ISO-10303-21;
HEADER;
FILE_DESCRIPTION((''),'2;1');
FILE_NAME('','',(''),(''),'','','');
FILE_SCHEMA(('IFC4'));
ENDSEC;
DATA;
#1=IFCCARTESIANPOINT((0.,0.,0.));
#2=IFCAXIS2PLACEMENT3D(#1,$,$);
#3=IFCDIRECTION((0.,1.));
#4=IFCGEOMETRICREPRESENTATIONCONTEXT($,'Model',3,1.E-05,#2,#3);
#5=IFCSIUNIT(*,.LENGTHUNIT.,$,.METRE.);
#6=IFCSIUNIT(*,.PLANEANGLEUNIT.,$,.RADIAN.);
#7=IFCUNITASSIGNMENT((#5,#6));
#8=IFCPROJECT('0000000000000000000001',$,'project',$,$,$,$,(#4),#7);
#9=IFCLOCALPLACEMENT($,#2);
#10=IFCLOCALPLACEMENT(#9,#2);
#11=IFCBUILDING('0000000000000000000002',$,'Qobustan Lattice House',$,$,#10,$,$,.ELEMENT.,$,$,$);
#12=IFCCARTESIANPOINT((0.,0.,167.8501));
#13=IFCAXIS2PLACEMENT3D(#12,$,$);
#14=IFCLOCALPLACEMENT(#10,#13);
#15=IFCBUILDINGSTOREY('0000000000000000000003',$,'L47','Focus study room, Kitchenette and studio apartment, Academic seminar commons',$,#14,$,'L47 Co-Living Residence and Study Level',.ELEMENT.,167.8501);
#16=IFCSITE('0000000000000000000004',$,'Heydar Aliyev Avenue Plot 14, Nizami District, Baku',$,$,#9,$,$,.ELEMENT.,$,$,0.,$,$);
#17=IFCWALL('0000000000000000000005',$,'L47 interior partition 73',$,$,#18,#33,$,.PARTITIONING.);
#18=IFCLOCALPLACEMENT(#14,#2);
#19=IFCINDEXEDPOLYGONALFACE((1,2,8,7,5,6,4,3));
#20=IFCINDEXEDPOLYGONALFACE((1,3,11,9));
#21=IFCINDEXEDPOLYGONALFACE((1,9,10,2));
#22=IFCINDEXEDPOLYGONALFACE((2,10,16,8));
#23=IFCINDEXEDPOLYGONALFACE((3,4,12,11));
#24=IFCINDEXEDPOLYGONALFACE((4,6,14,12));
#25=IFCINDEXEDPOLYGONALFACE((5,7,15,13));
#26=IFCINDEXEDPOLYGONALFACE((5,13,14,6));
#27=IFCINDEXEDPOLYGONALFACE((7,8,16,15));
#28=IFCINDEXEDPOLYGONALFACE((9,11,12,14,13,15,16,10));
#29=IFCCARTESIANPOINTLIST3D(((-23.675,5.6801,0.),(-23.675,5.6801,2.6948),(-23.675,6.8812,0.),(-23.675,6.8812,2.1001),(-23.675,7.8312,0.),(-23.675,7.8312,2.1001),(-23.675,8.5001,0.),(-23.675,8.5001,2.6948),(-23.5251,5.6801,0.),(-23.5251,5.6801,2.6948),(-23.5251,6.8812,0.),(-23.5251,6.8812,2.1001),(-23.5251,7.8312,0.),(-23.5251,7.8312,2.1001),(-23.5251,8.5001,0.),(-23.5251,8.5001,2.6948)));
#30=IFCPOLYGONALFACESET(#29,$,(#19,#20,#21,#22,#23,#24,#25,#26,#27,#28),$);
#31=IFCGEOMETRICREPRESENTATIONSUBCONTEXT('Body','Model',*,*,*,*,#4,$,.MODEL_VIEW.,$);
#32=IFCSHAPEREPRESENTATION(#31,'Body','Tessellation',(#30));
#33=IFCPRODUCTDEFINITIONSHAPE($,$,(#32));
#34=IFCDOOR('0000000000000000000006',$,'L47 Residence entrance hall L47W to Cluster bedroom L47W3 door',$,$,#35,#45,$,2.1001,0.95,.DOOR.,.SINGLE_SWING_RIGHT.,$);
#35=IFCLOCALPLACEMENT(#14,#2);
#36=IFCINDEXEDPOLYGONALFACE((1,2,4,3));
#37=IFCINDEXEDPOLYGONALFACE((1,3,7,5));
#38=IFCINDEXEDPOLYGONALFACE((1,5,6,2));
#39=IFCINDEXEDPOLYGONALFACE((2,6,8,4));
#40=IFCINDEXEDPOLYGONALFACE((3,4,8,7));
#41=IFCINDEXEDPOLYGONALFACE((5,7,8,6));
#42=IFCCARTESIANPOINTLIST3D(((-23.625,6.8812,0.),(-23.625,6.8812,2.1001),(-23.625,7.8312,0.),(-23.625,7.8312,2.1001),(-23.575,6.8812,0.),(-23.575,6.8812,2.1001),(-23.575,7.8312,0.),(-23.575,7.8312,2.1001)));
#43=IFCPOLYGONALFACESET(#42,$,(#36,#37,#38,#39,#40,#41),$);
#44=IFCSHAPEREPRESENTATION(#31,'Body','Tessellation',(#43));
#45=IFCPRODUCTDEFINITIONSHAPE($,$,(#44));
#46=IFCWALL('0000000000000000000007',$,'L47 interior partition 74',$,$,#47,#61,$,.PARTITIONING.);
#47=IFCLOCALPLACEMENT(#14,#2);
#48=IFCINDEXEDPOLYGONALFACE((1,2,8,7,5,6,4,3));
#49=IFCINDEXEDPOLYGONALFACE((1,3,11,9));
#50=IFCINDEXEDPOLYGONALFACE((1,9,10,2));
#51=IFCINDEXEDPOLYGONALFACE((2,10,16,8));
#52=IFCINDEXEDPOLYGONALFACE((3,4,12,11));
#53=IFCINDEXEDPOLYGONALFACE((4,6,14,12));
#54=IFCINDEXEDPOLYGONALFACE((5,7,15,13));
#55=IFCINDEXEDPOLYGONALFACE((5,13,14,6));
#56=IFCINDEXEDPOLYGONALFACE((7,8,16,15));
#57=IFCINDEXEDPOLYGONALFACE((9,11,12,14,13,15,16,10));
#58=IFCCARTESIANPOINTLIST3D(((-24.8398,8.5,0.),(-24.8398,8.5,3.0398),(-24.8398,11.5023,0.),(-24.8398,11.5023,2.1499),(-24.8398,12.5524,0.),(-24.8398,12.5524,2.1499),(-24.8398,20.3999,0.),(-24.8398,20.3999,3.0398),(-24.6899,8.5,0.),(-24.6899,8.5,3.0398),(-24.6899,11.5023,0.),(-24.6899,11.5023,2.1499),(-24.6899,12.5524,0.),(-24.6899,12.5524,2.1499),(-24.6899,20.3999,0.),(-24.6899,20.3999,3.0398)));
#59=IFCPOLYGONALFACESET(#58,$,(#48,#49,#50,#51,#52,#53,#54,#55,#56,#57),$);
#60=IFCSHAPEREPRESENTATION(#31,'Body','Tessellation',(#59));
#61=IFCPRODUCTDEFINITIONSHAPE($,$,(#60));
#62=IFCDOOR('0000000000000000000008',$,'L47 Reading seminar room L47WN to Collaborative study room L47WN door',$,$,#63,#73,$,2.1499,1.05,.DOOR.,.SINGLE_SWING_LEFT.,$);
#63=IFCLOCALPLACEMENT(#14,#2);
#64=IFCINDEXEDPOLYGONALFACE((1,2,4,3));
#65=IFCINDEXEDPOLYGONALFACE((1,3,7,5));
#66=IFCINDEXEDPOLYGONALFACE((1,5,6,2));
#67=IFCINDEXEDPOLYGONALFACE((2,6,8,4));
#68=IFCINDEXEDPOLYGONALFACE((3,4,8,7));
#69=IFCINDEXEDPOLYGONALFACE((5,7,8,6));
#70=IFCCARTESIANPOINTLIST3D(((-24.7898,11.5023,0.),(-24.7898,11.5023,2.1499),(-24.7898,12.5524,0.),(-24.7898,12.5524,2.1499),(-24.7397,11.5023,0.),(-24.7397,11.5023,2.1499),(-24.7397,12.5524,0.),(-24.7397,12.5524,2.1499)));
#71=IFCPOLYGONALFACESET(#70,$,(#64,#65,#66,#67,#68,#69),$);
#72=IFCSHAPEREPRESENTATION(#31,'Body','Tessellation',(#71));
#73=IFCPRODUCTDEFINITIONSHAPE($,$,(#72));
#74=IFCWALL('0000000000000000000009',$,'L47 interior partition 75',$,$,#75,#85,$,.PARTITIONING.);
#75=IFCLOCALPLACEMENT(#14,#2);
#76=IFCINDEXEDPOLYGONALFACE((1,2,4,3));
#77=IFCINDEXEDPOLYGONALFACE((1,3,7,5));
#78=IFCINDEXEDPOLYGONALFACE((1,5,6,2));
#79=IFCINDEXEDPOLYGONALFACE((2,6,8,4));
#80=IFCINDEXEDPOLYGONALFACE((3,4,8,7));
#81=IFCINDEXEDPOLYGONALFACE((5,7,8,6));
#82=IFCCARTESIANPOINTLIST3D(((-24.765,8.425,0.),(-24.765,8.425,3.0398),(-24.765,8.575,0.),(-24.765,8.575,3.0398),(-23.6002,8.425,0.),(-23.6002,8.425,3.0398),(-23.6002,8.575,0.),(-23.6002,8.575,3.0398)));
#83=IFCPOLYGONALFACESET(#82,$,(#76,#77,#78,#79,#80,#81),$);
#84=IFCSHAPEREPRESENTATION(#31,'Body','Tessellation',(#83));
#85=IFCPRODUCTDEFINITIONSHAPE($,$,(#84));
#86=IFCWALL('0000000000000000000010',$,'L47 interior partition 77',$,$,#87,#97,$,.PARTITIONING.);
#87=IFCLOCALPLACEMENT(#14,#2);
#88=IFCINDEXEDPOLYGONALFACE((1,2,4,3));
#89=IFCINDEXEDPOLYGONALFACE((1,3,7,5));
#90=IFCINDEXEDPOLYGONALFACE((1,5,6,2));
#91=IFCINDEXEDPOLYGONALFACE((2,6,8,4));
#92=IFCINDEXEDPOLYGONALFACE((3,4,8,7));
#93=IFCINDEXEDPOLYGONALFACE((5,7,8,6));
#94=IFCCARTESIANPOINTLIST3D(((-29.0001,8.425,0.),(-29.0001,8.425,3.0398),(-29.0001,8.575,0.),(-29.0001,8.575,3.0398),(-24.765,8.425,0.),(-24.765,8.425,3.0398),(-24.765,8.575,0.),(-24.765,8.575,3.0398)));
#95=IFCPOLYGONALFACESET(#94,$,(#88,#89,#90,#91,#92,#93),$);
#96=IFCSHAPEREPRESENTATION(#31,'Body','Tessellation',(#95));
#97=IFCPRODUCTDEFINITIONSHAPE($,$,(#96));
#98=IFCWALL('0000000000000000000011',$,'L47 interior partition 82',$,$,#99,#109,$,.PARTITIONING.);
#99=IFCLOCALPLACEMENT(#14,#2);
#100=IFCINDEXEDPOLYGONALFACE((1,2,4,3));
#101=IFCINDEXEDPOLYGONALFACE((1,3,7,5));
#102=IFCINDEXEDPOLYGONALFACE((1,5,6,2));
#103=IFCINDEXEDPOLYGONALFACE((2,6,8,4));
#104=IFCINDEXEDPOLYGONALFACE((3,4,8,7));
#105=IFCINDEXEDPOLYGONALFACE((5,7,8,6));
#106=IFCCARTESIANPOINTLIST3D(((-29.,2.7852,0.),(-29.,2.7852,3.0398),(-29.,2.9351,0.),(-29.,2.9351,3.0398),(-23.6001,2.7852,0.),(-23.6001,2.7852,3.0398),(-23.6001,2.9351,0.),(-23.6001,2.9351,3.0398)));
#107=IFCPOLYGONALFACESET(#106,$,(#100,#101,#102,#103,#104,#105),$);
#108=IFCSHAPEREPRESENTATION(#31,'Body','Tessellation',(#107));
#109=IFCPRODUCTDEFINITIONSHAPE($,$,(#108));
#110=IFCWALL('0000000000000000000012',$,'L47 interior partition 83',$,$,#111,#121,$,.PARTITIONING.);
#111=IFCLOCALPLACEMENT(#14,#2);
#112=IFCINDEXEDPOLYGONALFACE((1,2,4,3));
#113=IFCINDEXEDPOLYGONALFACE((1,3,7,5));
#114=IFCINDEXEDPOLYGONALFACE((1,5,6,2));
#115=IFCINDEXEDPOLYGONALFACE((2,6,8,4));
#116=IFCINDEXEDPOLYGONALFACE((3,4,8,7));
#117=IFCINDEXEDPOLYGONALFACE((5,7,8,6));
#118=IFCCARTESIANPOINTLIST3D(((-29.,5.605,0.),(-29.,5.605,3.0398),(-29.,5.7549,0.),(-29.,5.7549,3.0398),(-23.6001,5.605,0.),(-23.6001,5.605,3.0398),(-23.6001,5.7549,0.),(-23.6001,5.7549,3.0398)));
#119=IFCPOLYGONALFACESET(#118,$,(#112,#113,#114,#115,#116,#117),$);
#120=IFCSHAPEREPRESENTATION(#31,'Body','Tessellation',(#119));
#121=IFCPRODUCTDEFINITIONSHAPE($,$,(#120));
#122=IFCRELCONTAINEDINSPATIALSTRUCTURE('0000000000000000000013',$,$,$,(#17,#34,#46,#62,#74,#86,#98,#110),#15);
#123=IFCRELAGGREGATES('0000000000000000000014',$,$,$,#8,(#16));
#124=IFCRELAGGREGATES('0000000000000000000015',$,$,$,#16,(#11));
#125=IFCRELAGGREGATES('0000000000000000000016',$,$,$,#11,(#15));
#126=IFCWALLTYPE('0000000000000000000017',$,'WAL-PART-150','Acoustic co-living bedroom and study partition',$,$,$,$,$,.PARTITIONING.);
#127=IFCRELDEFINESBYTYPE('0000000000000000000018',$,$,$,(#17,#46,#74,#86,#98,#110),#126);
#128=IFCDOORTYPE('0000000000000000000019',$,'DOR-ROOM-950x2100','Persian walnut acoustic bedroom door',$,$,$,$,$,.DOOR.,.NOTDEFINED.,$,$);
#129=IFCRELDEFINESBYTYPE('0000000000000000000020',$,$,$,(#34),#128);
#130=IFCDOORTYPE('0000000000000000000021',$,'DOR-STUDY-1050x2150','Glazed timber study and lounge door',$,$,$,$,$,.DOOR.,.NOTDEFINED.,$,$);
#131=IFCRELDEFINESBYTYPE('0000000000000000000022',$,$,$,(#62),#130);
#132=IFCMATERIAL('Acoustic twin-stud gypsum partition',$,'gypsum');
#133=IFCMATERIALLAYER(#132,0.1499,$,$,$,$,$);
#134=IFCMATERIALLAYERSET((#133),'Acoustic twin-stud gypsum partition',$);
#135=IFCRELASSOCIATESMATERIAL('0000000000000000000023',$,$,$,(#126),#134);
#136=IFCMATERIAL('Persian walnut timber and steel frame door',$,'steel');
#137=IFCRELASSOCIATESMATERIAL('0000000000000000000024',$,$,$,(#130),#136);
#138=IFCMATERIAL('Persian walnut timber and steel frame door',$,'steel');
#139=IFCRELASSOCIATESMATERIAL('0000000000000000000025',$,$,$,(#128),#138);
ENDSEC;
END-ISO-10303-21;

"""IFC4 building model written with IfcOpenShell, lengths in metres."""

from ifc_helpers import new_model, si_unit, direction, frame, frame_2d, origin, place, context, subcontext, project, spatial, rectangle, extrude, material, layer, layer_set, type_object, element, fill, save


model = new_model("IFC4")

# Units and contexts
model_context = context("Model", 3, precision=1e-05, world=origin(), true_north=direction((0.0, 1.0)))
body_context = subcontext(model_context, "Body", "Model", "MODEL_VIEW")
ifc_project = project(units=[si_unit("LENGTHUNIT", "METRE"), si_unit("PLANEANGLEUNIT", "RADIAN")], contexts=[model_context])

# Site, building, storey
site_placement = place(None, origin())
site = spatial("IfcSite", under=ifc_project, at=site_placement, Name="Heydar Aliyev Avenue Plot 14, Nizami District, Baku", CompositionType="ELEMENT", RefElevation=0.0)
building_placement = place(site_placement, origin())
building = spatial("IfcBuilding", under=site, at=building_placement, Name="Qobustan Lattice House", CompositionType="ELEMENT")
storey_placement = place(building_placement, frame((0.0, 0.0, 167.8501)))
storey = spatial("IfcBuildingStorey", under=building, at=storey_placement, Name="L47", Description="Focus study room, Kitchenette and studio apartment, Academic seminar commons", LongName="L47 Co-Living Residence and Study Level", CompositionType="ELEMENT", Elevation=167.8501)

# Walls, openings, doors
ifc_material_1 = material(Name="Acoustic twin-stud gypsum partition", Category="gypsum")
ifc_layer = layer(ifc_material_1, 0.1499)
ifc_layer_set = layer_set([ifc_layer], Name="Acoustic twin-stud gypsum partition")
wall_type = type_object("IfcWallType", Name="WAL-PART-150", Description="Acoustic co-living bedroom and study partition", PredefinedType="PARTITIONING", material=ifc_layer_set)
ifc_material_2 = material(Name="Persian walnut timber and steel frame door", Category="steel")
door_type_1 = type_object("IfcDoorType", Name="DOR-STUDY-1050x2150", Description="Glazed timber study and lounge door", OperationType="NOTDEFINED", PredefinedType="DOOR", material=ifc_material_2)
ifc_material_3 = material(Name="Persian walnut timber and steel frame door", Category="steel")
door_type_2 = type_object("IfcDoorType", Name="DOR-ROOM-950x2100", Description="Persian walnut acoustic bedroom door", OperationType="NOTDEFINED", PredefinedType="DOOR", material=ifc_material_3)
wall_1_placement = place(storey_placement, frame((-23.6001, 5.6799, 0.0), z_axis=(0.0, 0.0, 1.0), x_axis=(0.0, 1.0, 0.0)))
wall_1 = element("IfcWall", 1, at=wall_1_placement, inside=storey, type_object=wall_type, Name="L47 interior partition 73", PredefinedType="PARTITIONING", context=body_context, shape_type="SweptSolid", body=[
    extrude(rectangle(XDim=2.8201, YDim=0.1499, at=frame_2d((1.4102, 0.0))), origin(), (0.0, 0.0, 1.0), 2.6948),
])
opening_1_placement = place(wall_1_placement, frame((1.2012, 0.0, 0.0)))
opening_1 = element("IfcOpeningElement", 2, at=opening_1_placement, cuts=wall_1, PredefinedType="OPENING", context=body_context, shape_type="SweptSolid", body=[
    extrude(rectangle(XDim=0.95, YDim=2.1001, at=frame_2d((0.4751, 1.05))), frame((0.0, 0.085, 0.0), z_axis=(0.0, -1.0, 0.0), x_axis=(1.0, 0.0, 0.0)), (0.0, 0.0, 1.0), 0.1699),
])
door_1_placement = place(opening_1_placement, origin())
door_1 = element("IfcDoor", 3, at=door_1_placement, inside=storey, type_object=door_type_2, Name="L47 Residence entrance hall L47W to Cluster bedroom L47W3 door", OperationType="SINGLE_SWING_RIGHT", OverallHeight=2.1001, OverallWidth=0.95, PredefinedType="DOOR", context=body_context, shape_type="SweptSolid", body=[
    extrude(rectangle(XDim=0.95, YDim=2.1001, at=frame_2d((0.4751, 1.05))), frame((0.0, 0.0249, 0.0), z_axis=(0.0, -1.0, 0.0), x_axis=(1.0, 0.0, 0.0)), (0.0, 0.0, 1.0), 0.05),
])
fill(opening_1, door_1)
wall_2_placement = place(storey_placement, frame((-24.7649, 8.5, 0.0), z_axis=(0.0, 0.0, 1.0), x_axis=(0.0, 1.0, 0.0)))
wall_2 = element("IfcWall", 4, at=wall_2_placement, inside=storey, type_object=wall_type, Name="L47 interior partition 74", PredefinedType="PARTITIONING", context=body_context, shape_type="SweptSolid", body=[
    extrude(rectangle(XDim=11.8999, YDim=0.1499, at=frame_2d((5.95, 0.0))), origin(), (0.0, 0.0, 1.0), 3.0398),
])
opening_2_placement = place(wall_2_placement, frame((3.0024, 0.0, 0.0)))
opening_2 = element("IfcOpeningElement", 5, at=opening_2_placement, cuts=wall_2, PredefinedType="OPENING", context=body_context, shape_type="SweptSolid", body=[
    extrude(rectangle(XDim=1.05, YDim=2.1499, at=frame_2d((0.5249, 1.075))), frame((0.0, 0.085, 0.0), z_axis=(0.0, -1.0, 0.0), x_axis=(1.0, 0.0, 0.0)), (0.0, 0.0, 1.0), 0.1699),
])
door_2_placement = place(opening_2_placement, origin())
door_2 = element("IfcDoor", 6, at=door_2_placement, inside=storey, type_object=door_type_1, Name="L47 Reading seminar room L47WN to Collaborative study room L47WN door", OperationType="SINGLE_SWING_LEFT", OverallHeight=2.1499, OverallWidth=1.05, PredefinedType="DOOR", context=body_context, shape_type="SweptSolid", body=[
    extrude(rectangle(XDim=1.05, YDim=2.1499, at=frame_2d((0.5249, 1.075))), frame((0.0, 0.0249, 0.0), z_axis=(0.0, -1.0, 0.0), x_axis=(1.0, 0.0, 0.0)), (0.0, 0.0, 1.0), 0.05),
])
fill(opening_2, door_2)

# Walls
wall_3_placement = place(storey_placement, frame((-23.6001, 8.5, 0.0), z_axis=(0.0, 0.0, 1.0), x_axis=(-1.0, 0.0, 0.0)))
element("IfcWall", 7, at=wall_3_placement, inside=storey, type_object=wall_type, Name="L47 interior partition 75", PredefinedType="PARTITIONING", context=body_context, shape_type="SweptSolid", body=[
    extrude(rectangle(XDim=1.1648, YDim=0.1499, at=frame_2d((0.5825, 0.0))), origin(), (0.0, 0.0, 1.0), 3.0398),
])
wall_4_placement = place(storey_placement, frame((-24.7649, 8.5, 0.0), z_axis=(0.0, 0.0, 1.0), x_axis=(-1.0, 0.0, 0.0)))
element("IfcWall", 8, at=wall_4_placement, inside=storey, type_object=wall_type, Name="L47 interior partition 77", PredefinedType="PARTITIONING", context=body_context, shape_type="SweptSolid", body=[
    extrude(rectangle(XDim=4.2351, YDim=0.1499, at=frame_2d((2.1177, 0.0))), origin(), (0.0, 0.0, 1.0), 3.0398),
])
for number, where, z_axis, x_axis, name in (
    (9, (-29.0, 2.8601, 0.0), (0.0, 0.0, 1.0), (1.0, 0.0, 0.0), "L47 interior partition 82"),
    (10, (-29.0, 5.6799, 0.0), (0.0, 0.0, 1.0), (1.0, 0.0, 0.0), "L47 interior partition 83"),
):
    element("IfcWall", number, at=place(storey_placement, frame(where, z_axis=z_axis, x_axis=x_axis)), inside=storey, type_object=wall_type, Name=name, PredefinedType="PARTITIONING", context=body_context, shape_type="SweptSolid", body=[
        extrude(rectangle(XDim=5.3999, YDim=0.1499, at=frame_2d((2.7, 0.0))), origin(), (0.0, 0.0, 1.0), 3.0398),
    ])

save(model, "model.ifc")
